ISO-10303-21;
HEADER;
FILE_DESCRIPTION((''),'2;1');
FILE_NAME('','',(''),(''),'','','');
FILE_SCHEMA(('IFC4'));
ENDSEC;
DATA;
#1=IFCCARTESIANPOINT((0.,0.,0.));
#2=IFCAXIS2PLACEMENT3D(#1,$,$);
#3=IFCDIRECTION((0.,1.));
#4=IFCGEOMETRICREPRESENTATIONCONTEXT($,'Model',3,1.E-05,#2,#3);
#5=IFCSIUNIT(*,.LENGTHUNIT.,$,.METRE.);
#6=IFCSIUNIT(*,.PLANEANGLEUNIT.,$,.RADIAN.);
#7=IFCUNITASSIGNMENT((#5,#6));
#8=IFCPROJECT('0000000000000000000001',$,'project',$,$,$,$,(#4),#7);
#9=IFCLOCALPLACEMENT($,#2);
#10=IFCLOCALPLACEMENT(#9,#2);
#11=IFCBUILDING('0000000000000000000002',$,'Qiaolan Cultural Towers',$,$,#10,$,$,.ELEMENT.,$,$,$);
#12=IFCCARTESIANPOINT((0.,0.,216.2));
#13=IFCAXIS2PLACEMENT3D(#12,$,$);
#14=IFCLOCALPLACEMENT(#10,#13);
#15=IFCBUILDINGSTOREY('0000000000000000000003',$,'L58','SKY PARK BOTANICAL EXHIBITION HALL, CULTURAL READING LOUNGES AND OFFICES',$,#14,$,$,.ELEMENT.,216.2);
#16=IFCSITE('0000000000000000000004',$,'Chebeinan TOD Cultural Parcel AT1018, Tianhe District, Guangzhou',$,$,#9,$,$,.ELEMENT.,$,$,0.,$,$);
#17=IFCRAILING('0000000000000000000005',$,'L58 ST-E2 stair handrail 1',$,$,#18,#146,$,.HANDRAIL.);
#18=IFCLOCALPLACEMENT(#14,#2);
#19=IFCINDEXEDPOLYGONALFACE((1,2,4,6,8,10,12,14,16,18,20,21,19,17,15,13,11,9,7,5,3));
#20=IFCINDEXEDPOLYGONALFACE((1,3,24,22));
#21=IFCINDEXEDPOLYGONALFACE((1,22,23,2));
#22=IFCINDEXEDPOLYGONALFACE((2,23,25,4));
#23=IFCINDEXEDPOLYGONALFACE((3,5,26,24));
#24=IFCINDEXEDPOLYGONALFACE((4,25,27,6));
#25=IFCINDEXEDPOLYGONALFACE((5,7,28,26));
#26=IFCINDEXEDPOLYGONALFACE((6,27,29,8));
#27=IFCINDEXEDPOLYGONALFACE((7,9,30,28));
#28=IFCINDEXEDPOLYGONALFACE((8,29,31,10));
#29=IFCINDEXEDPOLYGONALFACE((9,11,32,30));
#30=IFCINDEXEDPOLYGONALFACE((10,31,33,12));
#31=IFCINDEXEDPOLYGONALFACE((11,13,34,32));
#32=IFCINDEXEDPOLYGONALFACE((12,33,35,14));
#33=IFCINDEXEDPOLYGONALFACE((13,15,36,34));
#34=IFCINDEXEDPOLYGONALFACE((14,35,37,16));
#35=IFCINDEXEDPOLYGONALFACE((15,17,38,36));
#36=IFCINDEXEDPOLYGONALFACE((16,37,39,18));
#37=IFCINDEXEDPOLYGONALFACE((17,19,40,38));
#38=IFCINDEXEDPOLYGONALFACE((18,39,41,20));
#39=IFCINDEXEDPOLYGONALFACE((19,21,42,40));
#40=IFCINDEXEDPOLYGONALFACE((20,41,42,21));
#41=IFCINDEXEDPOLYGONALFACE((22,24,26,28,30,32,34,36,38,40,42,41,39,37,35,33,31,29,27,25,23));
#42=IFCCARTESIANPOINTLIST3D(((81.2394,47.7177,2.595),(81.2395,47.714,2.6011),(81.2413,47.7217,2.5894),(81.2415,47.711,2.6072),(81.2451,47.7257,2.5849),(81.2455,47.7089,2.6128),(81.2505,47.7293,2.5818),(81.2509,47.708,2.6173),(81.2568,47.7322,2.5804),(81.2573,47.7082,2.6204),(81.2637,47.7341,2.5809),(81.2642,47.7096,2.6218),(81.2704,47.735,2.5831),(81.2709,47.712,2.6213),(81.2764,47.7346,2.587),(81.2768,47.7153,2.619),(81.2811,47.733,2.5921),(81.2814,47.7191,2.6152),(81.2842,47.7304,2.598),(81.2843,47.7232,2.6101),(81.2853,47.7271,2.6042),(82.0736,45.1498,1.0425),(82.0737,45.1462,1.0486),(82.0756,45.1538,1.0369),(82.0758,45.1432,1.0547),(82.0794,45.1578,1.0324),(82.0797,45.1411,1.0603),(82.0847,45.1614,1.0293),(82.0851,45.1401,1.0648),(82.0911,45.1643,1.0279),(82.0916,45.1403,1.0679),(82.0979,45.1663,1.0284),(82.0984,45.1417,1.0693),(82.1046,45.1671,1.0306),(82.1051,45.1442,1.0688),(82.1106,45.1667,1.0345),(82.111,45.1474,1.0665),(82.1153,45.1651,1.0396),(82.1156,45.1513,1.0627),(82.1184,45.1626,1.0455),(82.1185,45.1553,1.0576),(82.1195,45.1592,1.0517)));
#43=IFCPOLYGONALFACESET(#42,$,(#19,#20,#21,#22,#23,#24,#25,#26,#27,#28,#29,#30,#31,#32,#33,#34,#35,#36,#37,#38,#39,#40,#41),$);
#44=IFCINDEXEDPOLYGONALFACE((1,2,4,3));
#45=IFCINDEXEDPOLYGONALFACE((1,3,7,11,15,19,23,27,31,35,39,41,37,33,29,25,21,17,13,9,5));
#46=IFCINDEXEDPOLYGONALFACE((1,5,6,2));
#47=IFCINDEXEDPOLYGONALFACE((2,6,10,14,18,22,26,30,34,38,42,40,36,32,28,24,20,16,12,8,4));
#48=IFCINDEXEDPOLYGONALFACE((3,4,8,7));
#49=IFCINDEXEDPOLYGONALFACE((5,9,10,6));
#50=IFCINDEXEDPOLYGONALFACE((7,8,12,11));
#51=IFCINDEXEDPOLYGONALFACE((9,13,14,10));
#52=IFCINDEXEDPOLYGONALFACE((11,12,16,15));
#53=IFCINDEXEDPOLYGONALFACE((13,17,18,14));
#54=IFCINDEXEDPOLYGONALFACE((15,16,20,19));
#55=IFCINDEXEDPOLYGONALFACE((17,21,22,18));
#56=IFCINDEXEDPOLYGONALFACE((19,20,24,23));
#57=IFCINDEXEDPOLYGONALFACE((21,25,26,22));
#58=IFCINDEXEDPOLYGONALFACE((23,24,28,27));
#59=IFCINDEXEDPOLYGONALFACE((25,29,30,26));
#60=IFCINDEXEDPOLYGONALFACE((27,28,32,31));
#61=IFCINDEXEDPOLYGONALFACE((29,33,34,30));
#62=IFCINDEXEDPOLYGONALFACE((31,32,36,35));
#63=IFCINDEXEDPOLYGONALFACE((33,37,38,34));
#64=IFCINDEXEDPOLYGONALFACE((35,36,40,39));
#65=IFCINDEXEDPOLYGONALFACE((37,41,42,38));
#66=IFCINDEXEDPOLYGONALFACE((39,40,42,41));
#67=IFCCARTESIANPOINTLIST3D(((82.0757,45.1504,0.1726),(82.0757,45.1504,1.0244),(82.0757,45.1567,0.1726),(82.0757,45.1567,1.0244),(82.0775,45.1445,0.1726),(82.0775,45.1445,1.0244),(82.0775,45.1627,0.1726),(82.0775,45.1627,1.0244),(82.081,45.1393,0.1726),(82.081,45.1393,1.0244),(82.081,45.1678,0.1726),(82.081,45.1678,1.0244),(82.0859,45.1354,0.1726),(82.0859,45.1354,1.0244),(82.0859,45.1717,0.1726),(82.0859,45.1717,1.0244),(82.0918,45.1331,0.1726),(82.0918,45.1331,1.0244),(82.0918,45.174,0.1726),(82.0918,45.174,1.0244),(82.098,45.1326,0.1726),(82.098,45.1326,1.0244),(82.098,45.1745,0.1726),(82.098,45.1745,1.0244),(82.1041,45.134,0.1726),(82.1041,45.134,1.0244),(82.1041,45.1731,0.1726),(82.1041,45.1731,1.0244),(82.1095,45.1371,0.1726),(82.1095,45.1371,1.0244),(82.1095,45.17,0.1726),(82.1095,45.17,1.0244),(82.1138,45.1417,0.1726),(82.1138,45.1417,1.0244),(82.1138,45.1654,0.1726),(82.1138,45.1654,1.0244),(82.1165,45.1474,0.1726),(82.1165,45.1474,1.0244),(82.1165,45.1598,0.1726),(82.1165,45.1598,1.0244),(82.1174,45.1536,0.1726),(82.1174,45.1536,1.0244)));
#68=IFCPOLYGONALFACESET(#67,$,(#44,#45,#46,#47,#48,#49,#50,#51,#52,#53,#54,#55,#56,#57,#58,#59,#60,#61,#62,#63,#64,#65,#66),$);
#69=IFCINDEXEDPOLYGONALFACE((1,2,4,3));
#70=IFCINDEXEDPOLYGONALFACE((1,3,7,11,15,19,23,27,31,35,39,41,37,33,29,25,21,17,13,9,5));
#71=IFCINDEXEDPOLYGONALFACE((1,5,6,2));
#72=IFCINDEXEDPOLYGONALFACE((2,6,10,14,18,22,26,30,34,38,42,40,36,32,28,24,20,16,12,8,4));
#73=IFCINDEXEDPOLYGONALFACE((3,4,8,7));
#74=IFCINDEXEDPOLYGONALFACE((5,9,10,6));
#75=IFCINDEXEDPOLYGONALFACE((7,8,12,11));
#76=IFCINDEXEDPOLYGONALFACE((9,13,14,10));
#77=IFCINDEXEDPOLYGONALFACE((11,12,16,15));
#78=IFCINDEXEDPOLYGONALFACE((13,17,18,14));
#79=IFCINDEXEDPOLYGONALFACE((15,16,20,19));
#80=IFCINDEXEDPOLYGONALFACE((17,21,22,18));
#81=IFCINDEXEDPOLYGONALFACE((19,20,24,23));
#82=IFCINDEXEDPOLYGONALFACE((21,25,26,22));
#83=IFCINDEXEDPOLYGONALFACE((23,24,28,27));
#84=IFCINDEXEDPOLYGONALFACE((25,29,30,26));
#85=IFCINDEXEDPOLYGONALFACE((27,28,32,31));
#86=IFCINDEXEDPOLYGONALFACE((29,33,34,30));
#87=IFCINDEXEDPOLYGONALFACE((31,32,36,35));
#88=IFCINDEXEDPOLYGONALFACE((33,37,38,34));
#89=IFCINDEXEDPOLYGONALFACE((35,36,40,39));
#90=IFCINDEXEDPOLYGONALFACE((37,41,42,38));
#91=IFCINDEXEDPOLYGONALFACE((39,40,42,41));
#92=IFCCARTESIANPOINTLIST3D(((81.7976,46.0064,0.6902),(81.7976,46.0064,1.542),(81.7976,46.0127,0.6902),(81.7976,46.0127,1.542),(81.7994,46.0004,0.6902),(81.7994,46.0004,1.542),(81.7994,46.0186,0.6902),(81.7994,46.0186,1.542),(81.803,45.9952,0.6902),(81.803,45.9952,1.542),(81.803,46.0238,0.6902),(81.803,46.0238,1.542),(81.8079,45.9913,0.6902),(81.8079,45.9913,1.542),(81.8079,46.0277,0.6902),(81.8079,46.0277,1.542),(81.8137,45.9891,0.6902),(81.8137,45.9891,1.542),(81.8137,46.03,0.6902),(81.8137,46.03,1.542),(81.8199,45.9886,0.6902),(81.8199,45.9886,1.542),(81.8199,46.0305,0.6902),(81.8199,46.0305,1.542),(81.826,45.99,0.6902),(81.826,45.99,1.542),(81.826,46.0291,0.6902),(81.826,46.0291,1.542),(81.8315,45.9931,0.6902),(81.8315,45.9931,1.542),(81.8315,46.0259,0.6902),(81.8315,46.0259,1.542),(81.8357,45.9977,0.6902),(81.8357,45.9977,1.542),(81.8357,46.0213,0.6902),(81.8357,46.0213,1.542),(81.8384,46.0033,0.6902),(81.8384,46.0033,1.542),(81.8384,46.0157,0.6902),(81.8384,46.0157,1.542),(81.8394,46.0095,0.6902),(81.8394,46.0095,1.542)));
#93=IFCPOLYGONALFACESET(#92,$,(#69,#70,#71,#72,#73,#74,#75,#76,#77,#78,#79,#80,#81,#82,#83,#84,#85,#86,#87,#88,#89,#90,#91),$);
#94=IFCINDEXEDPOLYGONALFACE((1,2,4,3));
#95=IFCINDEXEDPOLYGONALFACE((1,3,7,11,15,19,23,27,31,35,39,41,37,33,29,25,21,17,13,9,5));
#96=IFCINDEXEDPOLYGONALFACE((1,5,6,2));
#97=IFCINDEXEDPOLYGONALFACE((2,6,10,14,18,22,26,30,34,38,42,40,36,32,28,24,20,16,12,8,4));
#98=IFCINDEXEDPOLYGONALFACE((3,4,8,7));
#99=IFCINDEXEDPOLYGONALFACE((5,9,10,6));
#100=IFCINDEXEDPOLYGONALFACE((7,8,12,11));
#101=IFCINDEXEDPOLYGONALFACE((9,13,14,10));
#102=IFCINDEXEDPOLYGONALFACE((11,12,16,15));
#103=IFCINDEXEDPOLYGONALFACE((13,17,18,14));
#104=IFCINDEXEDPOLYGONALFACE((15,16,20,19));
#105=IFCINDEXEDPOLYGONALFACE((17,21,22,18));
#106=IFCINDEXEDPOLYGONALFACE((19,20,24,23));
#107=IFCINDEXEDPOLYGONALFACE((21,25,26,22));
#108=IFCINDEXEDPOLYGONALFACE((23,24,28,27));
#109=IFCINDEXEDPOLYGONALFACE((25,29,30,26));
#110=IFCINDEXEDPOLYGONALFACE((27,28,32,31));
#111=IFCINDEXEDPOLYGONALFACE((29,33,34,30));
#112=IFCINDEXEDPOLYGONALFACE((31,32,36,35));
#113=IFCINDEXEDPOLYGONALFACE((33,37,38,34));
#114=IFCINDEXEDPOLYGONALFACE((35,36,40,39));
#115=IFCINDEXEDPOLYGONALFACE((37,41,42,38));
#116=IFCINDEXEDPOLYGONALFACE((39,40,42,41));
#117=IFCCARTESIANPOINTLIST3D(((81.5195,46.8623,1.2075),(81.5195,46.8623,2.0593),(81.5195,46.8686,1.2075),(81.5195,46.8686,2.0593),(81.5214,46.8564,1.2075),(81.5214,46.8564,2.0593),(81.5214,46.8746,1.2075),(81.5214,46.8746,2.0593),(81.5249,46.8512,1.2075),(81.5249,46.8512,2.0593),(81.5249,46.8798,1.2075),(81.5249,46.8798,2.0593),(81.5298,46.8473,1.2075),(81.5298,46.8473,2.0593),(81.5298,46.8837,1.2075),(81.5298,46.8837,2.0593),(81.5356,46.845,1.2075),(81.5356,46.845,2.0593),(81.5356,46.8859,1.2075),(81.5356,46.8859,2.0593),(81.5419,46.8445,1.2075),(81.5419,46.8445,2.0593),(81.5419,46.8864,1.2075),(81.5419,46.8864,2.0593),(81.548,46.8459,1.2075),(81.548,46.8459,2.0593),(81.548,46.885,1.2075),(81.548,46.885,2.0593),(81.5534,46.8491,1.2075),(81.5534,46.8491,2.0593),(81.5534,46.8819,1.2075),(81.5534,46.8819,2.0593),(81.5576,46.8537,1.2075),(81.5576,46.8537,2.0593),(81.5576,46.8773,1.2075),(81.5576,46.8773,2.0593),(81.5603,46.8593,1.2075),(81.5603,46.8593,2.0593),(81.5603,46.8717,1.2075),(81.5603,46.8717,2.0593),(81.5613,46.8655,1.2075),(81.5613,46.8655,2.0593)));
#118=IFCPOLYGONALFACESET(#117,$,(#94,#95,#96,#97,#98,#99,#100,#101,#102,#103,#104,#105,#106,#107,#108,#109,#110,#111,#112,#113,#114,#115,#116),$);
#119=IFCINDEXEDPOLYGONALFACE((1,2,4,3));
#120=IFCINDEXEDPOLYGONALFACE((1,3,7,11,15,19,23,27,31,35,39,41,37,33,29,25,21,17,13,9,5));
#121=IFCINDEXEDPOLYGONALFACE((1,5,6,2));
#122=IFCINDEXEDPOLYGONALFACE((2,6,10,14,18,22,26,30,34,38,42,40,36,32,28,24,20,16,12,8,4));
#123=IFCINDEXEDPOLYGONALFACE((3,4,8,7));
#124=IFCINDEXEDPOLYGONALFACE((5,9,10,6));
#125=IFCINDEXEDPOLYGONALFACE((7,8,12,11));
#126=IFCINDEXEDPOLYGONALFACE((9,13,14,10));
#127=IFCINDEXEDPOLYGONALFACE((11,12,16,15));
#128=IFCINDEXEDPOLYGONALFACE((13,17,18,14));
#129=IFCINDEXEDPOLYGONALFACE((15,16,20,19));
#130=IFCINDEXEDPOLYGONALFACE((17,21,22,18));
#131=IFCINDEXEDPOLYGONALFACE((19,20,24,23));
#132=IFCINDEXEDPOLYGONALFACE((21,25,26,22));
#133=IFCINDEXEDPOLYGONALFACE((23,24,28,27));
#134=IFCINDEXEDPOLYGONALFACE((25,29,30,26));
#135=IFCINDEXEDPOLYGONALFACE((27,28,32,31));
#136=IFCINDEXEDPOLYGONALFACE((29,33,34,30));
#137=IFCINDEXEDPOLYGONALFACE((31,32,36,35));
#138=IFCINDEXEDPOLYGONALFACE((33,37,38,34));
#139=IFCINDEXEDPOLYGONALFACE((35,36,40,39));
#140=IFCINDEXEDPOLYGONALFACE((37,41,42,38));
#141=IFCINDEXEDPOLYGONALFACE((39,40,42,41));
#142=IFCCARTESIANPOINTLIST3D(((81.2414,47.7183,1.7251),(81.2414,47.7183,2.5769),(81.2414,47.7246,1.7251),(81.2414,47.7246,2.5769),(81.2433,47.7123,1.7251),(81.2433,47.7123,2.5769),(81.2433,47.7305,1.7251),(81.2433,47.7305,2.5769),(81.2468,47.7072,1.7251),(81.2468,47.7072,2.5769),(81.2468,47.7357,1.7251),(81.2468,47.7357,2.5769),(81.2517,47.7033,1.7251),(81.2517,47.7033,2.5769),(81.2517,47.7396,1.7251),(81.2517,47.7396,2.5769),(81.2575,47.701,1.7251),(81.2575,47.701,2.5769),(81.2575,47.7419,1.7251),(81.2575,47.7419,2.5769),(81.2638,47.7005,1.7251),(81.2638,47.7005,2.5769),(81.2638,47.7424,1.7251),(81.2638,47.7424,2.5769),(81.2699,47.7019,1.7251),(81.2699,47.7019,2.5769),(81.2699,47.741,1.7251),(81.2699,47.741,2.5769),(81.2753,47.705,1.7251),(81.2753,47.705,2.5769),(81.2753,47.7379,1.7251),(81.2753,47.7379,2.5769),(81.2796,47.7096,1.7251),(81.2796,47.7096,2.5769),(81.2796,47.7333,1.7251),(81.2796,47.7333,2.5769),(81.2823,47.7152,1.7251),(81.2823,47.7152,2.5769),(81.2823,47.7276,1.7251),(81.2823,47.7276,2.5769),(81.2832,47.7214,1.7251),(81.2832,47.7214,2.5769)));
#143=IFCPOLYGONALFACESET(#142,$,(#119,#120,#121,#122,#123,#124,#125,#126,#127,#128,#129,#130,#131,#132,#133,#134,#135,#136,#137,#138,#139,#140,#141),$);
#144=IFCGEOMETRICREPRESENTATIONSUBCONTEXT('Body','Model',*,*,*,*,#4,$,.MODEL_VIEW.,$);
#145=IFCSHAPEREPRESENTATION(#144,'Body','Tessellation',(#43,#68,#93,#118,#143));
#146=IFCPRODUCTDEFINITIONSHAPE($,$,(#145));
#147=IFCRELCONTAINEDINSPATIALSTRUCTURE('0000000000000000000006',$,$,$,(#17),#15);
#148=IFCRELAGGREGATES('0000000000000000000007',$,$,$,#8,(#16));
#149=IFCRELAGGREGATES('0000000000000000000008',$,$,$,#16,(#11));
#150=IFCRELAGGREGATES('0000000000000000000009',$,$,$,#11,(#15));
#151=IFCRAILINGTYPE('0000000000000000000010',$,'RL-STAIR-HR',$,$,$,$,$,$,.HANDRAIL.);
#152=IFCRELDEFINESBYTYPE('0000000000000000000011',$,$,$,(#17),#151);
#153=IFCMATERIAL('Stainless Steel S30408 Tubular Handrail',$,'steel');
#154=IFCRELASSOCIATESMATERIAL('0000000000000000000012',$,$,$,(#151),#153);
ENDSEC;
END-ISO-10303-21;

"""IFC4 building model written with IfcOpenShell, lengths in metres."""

from ifc_helpers import new_model, si_unit, direction, frame, origin, origin_2d, place, context, subcontext, project, spatial, circle, extrude, material, type_object, element, save


model = new_model("IFC4")

# Units and contexts
model_context = context("Model", 3, precision=1e-05, world=origin(), true_north=direction((0.0, 1.0)))
body_context = subcontext(model_context, "Body", "Model", "MODEL_VIEW")
ifc_project = project(units=[si_unit("LENGTHUNIT", "METRE"), si_unit("PLANEANGLEUNIT", "RADIAN")], contexts=[model_context])

# Site, building, storey
site_placement = place(None, origin())
site = spatial("IfcSite", under=ifc_project, at=site_placement, Name="Chebeinan TOD Cultural Parcel AT1018, Tianhe District, Guangzhou", CompositionType="ELEMENT", RefElevation=0.0)
building_placement = place(site_placement, origin())
building = spatial("IfcBuilding", under=site, at=building_placement, Name="Qiaolan Cultural Towers", CompositionType="ELEMENT")
storey_placement = place(building_placement, frame((0.0, 0.0, 216.2)))
storey = spatial("IfcBuildingStorey", under=building, at=storey_placement, Name="L58", Description="SKY PARK BOTANICAL EXHIBITION HALL, CULTURAL READING LOUNGES AND OFFICES", CompositionType="ELEMENT", Elevation=216.2)

# Railing
ifc_material_1 = material(Name="Stainless Steel S30408 Tubular Handrail", Category="steel")
railing_type_1 = type_object("IfcRailingType", Name="RL-STAIR-HR", PredefinedType="HANDRAIL", material=ifc_material_1)
railing_1_placement = place(storey_placement, frame((82.0964, 45.1536, 0.1726)))
element("IfcRailing", 1, at=railing_1_placement, inside=storey, type_object=railing_type_1, Name="L58 ST-E2 stair handrail 1", PredefinedType="HANDRAIL", context=body_context, shape_type="SweptSolid", body=[
    extrude(circle(Radius=0.0239, at=origin_2d()), frame((0.0, 0.0, 0.876), z_axis=(-0.267853, 0.824488, 0.498471), x_axis=(-0.95107, -0.308976, 0.0)), (0.0, 0.0, 1.0), 3.1145),
    extrude(circle(Radius=0.021, at=origin_2d()), origin(), (0.0, 0.0, 1.0), 0.8518),
    extrude(circle(Radius=0.021, at=origin_2d()), frame((-0.2781, 0.856, 0.5176)), (0.0, 0.0, 1.0), 0.8518),
    extrude(circle(Radius=0.021, at=origin_2d()), frame((-0.5562, 1.7119, 1.0349)), (0.0, 0.0, 1.0), 0.8518),
    extrude(circle(Radius=0.021, at=origin_2d()), frame((-0.8342, 2.5679, 1.5525)), (0.0, 0.0, 1.0), 0.8518),
])

save(model, "model.ifc")
